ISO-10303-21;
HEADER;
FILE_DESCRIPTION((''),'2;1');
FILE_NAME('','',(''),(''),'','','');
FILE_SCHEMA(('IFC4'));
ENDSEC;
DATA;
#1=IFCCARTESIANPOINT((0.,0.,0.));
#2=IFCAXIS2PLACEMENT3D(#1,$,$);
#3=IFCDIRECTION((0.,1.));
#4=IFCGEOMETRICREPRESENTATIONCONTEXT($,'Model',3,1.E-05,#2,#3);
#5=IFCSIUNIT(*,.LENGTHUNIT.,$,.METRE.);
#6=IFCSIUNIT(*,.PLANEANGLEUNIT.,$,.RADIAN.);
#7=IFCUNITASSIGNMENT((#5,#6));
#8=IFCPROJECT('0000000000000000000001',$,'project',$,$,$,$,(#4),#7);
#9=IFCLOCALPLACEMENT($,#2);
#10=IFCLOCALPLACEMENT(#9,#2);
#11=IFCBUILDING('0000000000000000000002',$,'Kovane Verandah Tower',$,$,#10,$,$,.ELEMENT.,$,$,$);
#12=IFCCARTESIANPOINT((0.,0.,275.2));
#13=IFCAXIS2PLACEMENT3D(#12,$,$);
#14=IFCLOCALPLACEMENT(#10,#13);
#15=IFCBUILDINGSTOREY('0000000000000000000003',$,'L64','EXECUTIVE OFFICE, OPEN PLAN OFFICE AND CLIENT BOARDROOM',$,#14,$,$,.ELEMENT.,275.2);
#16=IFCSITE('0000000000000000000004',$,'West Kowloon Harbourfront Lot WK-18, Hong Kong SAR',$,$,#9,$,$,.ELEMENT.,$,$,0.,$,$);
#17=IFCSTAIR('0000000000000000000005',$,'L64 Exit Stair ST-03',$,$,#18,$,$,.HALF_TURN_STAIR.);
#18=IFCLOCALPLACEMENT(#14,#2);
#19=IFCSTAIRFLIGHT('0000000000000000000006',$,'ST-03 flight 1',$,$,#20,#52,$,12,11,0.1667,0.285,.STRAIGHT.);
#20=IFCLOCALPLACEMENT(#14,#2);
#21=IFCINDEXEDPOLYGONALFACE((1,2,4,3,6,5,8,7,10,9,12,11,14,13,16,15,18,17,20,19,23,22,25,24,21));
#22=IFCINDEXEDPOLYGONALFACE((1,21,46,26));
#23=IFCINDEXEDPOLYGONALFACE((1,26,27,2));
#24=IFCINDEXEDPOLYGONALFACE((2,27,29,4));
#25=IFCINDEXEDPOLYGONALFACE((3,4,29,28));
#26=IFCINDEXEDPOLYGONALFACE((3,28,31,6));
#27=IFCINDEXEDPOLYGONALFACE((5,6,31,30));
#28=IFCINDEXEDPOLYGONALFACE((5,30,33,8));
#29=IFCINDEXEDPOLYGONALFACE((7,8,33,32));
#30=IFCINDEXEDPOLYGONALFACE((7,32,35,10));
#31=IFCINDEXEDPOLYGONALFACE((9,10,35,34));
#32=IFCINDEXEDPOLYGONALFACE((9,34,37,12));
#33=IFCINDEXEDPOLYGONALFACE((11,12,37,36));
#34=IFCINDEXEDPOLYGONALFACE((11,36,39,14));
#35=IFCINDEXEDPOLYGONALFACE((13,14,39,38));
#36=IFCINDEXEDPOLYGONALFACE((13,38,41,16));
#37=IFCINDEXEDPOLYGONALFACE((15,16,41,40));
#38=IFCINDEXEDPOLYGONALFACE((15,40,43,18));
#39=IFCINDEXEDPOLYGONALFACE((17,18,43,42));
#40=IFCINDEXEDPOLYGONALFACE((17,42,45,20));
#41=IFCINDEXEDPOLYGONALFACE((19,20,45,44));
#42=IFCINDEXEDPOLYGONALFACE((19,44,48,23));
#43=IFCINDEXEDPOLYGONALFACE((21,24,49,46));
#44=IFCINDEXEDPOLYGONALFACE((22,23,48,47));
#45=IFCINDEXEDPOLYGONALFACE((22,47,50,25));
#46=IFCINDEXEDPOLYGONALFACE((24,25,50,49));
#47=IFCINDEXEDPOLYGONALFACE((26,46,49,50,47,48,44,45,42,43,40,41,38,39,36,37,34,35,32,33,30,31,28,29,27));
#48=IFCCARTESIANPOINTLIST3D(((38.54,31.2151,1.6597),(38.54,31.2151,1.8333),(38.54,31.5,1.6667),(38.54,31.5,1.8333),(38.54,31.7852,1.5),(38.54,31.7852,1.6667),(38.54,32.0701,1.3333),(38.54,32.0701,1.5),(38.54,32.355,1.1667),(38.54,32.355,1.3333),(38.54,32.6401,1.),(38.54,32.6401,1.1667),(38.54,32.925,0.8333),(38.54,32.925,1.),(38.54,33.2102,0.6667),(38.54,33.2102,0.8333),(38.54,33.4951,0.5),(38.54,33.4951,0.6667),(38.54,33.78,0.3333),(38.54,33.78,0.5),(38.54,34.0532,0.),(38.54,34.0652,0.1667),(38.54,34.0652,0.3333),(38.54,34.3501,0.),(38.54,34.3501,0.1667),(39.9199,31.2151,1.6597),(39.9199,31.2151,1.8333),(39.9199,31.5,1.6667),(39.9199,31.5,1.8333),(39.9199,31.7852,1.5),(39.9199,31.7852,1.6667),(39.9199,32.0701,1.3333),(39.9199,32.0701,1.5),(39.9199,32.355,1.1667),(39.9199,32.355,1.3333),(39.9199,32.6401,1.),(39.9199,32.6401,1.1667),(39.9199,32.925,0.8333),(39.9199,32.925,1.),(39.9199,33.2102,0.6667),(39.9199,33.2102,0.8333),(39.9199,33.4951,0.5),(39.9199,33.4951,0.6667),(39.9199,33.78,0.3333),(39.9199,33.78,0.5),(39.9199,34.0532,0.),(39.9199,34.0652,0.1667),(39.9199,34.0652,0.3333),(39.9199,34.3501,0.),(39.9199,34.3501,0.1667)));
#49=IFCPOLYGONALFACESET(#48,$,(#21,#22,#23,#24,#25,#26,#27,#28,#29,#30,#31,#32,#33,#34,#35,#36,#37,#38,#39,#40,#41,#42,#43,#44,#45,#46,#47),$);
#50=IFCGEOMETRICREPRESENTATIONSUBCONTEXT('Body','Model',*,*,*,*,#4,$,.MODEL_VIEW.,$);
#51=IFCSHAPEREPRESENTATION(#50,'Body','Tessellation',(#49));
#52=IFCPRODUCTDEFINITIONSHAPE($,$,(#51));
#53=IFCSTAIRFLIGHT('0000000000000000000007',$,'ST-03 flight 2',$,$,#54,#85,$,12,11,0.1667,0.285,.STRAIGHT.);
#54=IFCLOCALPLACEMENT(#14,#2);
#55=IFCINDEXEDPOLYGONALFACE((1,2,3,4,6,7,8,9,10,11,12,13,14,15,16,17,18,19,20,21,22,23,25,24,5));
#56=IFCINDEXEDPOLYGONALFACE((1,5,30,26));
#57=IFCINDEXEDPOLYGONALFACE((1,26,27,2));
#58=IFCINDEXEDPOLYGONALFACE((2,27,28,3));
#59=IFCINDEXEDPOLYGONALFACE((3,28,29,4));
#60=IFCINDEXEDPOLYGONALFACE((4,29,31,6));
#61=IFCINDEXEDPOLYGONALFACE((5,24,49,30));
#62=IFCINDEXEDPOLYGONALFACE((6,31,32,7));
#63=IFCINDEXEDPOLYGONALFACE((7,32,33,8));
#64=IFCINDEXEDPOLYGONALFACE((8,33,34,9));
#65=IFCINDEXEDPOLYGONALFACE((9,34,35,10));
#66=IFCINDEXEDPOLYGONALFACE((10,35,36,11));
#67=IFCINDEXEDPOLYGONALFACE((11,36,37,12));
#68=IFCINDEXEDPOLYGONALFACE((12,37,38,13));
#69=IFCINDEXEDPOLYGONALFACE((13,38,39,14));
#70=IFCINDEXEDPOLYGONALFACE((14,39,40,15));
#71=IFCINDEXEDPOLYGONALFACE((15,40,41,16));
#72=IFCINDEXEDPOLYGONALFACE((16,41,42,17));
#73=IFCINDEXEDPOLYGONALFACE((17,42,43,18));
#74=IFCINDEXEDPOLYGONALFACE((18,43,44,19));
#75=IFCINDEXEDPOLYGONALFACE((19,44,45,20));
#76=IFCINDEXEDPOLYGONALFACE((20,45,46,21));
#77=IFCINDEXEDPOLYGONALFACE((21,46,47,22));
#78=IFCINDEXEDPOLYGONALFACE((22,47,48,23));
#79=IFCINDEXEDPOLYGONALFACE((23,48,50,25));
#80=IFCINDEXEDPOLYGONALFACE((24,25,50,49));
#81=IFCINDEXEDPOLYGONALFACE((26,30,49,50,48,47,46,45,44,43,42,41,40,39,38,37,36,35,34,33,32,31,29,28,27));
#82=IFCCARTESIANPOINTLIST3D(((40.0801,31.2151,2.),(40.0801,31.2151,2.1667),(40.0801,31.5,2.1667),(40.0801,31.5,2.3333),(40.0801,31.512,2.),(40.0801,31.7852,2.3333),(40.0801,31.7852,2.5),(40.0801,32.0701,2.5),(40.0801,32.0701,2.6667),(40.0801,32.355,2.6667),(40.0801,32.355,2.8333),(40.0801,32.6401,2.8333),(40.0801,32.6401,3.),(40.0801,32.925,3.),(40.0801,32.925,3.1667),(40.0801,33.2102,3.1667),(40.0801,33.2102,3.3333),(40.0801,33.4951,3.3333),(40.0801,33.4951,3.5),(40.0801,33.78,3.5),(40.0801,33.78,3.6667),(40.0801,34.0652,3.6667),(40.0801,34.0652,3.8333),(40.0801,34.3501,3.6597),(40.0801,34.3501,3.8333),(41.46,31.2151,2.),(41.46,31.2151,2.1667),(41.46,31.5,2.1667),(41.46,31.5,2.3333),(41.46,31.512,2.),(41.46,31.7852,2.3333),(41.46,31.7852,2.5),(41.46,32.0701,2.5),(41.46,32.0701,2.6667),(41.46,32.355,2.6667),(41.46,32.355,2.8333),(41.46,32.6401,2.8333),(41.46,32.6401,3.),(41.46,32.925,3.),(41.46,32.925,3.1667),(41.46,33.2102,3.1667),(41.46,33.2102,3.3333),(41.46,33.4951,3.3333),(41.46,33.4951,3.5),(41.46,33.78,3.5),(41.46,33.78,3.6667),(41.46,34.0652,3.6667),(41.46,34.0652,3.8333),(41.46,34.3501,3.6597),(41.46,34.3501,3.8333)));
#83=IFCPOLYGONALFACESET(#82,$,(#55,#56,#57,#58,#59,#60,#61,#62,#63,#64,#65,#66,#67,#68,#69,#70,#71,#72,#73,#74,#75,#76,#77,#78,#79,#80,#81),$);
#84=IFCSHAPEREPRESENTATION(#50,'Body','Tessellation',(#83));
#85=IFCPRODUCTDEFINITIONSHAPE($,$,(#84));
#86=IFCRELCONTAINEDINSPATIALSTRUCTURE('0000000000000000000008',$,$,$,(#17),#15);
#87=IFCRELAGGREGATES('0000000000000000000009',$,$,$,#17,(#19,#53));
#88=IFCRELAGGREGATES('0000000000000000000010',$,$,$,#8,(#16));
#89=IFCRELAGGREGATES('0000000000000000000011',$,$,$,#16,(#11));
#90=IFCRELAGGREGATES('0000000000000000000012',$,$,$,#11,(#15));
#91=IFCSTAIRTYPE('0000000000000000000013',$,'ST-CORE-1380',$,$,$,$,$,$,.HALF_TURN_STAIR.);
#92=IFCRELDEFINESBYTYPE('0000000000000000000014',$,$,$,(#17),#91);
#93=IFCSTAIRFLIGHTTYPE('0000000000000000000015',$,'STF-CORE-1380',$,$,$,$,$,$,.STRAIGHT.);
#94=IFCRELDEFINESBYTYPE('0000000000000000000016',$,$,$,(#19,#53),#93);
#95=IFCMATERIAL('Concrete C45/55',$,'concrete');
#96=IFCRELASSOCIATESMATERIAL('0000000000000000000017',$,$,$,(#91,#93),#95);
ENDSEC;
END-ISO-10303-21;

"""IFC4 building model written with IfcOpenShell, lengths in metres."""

from ifc_helpers import new_model, si_unit, direction, frame, origin, place, context, subcontext, project, spatial, polyline, outline, extrude, material, type_object, element, aggregate, save


model = new_model("IFC4")

# Units and contexts
model_context = context("Model", 3, precision=1e-05, world=origin(), true_north=direction((0.0, 1.0)))
body_context = subcontext(model_context, "Body", "Model", "MODEL_VIEW")
ifc_project = project(units=[si_unit("LENGTHUNIT", "METRE"), si_unit("PLANEANGLEUNIT", "RADIAN")], contexts=[model_context])

# Site, building, storey
site_placement = place(None, origin())
site = spatial("IfcSite", under=ifc_project, at=site_placement, Name="West Kowloon Harbourfront Lot WK-18, Hong Kong SAR", CompositionType="ELEMENT", RefElevation=0.0)
building_placement = place(site_placement, origin())
building = spatial("IfcBuilding", under=site, at=building_placement, Name="Kovane Verandah Tower", CompositionType="ELEMENT")
storey_placement = place(building_placement, frame((0.0, 0.0, 275.2)))
storey = spatial("IfcBuildingStorey", under=building, at=storey_placement, Name="L64", Description="EXECUTIVE OFFICE, OPEN PLAN OFFICE AND CLIENT BOARDROOM", CompositionType="ELEMENT", Elevation=275.2)

# Shared definitions
ifc_material_1 = material(Name="Concrete C45/55", Category="concrete")

# Shared definitions
stair_type = type_object("IfcStairType", Name="ST-CORE-1380", PredefinedType="HALF_TURN_STAIR", material=ifc_material_1)
stair_flight_type = type_object("IfcStairFlightType", Name="STF-CORE-1380", PredefinedType="STRAIGHT", material=ifc_material_1)

# Stair, stair flights
stair_1_placement = place(storey_placement, origin())
stair_1 = element("IfcStair", 1, at=stair_1_placement, inside=storey, type_object=stair_type, Name="L64 Exit Stair ST-03", PredefinedType="HALF_TURN_STAIR")
stair_flight_1_placement = place(storey_placement, frame((39.23, 34.3501, 0.0), z_axis=(0.0, 0.0, 1.0), x_axis=(0.0, -1.0, 0.0)))
stair_flight_1 = element("IfcStairFlight", 2, at=stair_flight_1_placement, type_object=stair_flight_type, Name="ST-03 flight 1", NumberOfRisers=12, NumberOfTreads=11, PredefinedType="STRAIGHT", RiserHeight=0.1667, TreadLength=0.285, context=body_context, shape_type="SweptSolid", body=[
    extrude(outline(polyline([(0.0, 0.0), (0.0, 0.1667), (0.2849, 0.1667), (0.2849, 0.3333), (0.5701, 0.3333), (0.5701, 0.5), (0.855, 0.5), (0.855, 0.6667), (1.1399, 0.6667), (1.1399, 0.8333), (1.425, 0.8333), (1.425, 1.0), (1.71, 1.0), (1.71, 1.1667), (1.9951, 1.1667), (1.9951, 1.3333), (2.28, 1.3333), (2.28, 1.5), (2.5649, 1.5), (2.5649, 1.6667), (2.8501, 1.6667), (2.8501, 1.8333), (3.135, 1.8333), (3.135, 2.0), (3.135, 1.6597), (0.2969, 0.0), (0.0, 0.0)])), frame((0.0, 0.6899, 0.0), z_axis=(0.0, -1.0, 0.0), x_axis=(1.0, 0.0, 0.0)), (0.0, 0.0, 1.0), 1.3799),
])
stair_flight_2_placement = place(storey_placement, frame((40.77, 31.2151, 2.0), z_axis=(0.0, 0.0, 1.0), x_axis=(0.0, 1.0, 0.0)))
stair_flight_2 = element("IfcStairFlight", 3, at=stair_flight_2_placement, type_object=stair_flight_type, Name="ST-03 flight 2", NumberOfRisers=12, NumberOfTreads=11, PredefinedType="STRAIGHT", RiserHeight=0.1667, TreadLength=0.285, context=body_context, shape_type="SweptSolid", body=[
    extrude(outline(polyline([(0.0, 0.0), (0.0, 0.1667), (0.2849, 0.1667), (0.2849, 0.3333), (0.5701, 0.3333), (0.5701, 0.5), (0.855, 0.5), (0.855, 0.6667), (1.1399, 0.6667), (1.1399, 0.8333), (1.425, 0.8333), (1.425, 1.0), (1.71, 1.0), (1.71, 1.1667), (1.9951, 1.1667), (1.9951, 1.3333), (2.28, 1.3333), (2.28, 1.5), (2.5649, 1.5), (2.5649, 1.6667), (2.8501, 1.6667), (2.8501, 1.8333), (3.135, 1.8333), (3.135, 2.0), (3.135, 1.6597), (0.2969, 0.0), (0.0, 0.0)])), frame((0.0, 0.6899, 0.0), z_axis=(0.0, -1.0, 0.0), x_axis=(1.0, 0.0, 0.0)), (0.0, 0.0, 1.0), 1.3799),
])
aggregate(stair_1, [stair_flight_1, stair_flight_2])

save(model, "model.ifc")
